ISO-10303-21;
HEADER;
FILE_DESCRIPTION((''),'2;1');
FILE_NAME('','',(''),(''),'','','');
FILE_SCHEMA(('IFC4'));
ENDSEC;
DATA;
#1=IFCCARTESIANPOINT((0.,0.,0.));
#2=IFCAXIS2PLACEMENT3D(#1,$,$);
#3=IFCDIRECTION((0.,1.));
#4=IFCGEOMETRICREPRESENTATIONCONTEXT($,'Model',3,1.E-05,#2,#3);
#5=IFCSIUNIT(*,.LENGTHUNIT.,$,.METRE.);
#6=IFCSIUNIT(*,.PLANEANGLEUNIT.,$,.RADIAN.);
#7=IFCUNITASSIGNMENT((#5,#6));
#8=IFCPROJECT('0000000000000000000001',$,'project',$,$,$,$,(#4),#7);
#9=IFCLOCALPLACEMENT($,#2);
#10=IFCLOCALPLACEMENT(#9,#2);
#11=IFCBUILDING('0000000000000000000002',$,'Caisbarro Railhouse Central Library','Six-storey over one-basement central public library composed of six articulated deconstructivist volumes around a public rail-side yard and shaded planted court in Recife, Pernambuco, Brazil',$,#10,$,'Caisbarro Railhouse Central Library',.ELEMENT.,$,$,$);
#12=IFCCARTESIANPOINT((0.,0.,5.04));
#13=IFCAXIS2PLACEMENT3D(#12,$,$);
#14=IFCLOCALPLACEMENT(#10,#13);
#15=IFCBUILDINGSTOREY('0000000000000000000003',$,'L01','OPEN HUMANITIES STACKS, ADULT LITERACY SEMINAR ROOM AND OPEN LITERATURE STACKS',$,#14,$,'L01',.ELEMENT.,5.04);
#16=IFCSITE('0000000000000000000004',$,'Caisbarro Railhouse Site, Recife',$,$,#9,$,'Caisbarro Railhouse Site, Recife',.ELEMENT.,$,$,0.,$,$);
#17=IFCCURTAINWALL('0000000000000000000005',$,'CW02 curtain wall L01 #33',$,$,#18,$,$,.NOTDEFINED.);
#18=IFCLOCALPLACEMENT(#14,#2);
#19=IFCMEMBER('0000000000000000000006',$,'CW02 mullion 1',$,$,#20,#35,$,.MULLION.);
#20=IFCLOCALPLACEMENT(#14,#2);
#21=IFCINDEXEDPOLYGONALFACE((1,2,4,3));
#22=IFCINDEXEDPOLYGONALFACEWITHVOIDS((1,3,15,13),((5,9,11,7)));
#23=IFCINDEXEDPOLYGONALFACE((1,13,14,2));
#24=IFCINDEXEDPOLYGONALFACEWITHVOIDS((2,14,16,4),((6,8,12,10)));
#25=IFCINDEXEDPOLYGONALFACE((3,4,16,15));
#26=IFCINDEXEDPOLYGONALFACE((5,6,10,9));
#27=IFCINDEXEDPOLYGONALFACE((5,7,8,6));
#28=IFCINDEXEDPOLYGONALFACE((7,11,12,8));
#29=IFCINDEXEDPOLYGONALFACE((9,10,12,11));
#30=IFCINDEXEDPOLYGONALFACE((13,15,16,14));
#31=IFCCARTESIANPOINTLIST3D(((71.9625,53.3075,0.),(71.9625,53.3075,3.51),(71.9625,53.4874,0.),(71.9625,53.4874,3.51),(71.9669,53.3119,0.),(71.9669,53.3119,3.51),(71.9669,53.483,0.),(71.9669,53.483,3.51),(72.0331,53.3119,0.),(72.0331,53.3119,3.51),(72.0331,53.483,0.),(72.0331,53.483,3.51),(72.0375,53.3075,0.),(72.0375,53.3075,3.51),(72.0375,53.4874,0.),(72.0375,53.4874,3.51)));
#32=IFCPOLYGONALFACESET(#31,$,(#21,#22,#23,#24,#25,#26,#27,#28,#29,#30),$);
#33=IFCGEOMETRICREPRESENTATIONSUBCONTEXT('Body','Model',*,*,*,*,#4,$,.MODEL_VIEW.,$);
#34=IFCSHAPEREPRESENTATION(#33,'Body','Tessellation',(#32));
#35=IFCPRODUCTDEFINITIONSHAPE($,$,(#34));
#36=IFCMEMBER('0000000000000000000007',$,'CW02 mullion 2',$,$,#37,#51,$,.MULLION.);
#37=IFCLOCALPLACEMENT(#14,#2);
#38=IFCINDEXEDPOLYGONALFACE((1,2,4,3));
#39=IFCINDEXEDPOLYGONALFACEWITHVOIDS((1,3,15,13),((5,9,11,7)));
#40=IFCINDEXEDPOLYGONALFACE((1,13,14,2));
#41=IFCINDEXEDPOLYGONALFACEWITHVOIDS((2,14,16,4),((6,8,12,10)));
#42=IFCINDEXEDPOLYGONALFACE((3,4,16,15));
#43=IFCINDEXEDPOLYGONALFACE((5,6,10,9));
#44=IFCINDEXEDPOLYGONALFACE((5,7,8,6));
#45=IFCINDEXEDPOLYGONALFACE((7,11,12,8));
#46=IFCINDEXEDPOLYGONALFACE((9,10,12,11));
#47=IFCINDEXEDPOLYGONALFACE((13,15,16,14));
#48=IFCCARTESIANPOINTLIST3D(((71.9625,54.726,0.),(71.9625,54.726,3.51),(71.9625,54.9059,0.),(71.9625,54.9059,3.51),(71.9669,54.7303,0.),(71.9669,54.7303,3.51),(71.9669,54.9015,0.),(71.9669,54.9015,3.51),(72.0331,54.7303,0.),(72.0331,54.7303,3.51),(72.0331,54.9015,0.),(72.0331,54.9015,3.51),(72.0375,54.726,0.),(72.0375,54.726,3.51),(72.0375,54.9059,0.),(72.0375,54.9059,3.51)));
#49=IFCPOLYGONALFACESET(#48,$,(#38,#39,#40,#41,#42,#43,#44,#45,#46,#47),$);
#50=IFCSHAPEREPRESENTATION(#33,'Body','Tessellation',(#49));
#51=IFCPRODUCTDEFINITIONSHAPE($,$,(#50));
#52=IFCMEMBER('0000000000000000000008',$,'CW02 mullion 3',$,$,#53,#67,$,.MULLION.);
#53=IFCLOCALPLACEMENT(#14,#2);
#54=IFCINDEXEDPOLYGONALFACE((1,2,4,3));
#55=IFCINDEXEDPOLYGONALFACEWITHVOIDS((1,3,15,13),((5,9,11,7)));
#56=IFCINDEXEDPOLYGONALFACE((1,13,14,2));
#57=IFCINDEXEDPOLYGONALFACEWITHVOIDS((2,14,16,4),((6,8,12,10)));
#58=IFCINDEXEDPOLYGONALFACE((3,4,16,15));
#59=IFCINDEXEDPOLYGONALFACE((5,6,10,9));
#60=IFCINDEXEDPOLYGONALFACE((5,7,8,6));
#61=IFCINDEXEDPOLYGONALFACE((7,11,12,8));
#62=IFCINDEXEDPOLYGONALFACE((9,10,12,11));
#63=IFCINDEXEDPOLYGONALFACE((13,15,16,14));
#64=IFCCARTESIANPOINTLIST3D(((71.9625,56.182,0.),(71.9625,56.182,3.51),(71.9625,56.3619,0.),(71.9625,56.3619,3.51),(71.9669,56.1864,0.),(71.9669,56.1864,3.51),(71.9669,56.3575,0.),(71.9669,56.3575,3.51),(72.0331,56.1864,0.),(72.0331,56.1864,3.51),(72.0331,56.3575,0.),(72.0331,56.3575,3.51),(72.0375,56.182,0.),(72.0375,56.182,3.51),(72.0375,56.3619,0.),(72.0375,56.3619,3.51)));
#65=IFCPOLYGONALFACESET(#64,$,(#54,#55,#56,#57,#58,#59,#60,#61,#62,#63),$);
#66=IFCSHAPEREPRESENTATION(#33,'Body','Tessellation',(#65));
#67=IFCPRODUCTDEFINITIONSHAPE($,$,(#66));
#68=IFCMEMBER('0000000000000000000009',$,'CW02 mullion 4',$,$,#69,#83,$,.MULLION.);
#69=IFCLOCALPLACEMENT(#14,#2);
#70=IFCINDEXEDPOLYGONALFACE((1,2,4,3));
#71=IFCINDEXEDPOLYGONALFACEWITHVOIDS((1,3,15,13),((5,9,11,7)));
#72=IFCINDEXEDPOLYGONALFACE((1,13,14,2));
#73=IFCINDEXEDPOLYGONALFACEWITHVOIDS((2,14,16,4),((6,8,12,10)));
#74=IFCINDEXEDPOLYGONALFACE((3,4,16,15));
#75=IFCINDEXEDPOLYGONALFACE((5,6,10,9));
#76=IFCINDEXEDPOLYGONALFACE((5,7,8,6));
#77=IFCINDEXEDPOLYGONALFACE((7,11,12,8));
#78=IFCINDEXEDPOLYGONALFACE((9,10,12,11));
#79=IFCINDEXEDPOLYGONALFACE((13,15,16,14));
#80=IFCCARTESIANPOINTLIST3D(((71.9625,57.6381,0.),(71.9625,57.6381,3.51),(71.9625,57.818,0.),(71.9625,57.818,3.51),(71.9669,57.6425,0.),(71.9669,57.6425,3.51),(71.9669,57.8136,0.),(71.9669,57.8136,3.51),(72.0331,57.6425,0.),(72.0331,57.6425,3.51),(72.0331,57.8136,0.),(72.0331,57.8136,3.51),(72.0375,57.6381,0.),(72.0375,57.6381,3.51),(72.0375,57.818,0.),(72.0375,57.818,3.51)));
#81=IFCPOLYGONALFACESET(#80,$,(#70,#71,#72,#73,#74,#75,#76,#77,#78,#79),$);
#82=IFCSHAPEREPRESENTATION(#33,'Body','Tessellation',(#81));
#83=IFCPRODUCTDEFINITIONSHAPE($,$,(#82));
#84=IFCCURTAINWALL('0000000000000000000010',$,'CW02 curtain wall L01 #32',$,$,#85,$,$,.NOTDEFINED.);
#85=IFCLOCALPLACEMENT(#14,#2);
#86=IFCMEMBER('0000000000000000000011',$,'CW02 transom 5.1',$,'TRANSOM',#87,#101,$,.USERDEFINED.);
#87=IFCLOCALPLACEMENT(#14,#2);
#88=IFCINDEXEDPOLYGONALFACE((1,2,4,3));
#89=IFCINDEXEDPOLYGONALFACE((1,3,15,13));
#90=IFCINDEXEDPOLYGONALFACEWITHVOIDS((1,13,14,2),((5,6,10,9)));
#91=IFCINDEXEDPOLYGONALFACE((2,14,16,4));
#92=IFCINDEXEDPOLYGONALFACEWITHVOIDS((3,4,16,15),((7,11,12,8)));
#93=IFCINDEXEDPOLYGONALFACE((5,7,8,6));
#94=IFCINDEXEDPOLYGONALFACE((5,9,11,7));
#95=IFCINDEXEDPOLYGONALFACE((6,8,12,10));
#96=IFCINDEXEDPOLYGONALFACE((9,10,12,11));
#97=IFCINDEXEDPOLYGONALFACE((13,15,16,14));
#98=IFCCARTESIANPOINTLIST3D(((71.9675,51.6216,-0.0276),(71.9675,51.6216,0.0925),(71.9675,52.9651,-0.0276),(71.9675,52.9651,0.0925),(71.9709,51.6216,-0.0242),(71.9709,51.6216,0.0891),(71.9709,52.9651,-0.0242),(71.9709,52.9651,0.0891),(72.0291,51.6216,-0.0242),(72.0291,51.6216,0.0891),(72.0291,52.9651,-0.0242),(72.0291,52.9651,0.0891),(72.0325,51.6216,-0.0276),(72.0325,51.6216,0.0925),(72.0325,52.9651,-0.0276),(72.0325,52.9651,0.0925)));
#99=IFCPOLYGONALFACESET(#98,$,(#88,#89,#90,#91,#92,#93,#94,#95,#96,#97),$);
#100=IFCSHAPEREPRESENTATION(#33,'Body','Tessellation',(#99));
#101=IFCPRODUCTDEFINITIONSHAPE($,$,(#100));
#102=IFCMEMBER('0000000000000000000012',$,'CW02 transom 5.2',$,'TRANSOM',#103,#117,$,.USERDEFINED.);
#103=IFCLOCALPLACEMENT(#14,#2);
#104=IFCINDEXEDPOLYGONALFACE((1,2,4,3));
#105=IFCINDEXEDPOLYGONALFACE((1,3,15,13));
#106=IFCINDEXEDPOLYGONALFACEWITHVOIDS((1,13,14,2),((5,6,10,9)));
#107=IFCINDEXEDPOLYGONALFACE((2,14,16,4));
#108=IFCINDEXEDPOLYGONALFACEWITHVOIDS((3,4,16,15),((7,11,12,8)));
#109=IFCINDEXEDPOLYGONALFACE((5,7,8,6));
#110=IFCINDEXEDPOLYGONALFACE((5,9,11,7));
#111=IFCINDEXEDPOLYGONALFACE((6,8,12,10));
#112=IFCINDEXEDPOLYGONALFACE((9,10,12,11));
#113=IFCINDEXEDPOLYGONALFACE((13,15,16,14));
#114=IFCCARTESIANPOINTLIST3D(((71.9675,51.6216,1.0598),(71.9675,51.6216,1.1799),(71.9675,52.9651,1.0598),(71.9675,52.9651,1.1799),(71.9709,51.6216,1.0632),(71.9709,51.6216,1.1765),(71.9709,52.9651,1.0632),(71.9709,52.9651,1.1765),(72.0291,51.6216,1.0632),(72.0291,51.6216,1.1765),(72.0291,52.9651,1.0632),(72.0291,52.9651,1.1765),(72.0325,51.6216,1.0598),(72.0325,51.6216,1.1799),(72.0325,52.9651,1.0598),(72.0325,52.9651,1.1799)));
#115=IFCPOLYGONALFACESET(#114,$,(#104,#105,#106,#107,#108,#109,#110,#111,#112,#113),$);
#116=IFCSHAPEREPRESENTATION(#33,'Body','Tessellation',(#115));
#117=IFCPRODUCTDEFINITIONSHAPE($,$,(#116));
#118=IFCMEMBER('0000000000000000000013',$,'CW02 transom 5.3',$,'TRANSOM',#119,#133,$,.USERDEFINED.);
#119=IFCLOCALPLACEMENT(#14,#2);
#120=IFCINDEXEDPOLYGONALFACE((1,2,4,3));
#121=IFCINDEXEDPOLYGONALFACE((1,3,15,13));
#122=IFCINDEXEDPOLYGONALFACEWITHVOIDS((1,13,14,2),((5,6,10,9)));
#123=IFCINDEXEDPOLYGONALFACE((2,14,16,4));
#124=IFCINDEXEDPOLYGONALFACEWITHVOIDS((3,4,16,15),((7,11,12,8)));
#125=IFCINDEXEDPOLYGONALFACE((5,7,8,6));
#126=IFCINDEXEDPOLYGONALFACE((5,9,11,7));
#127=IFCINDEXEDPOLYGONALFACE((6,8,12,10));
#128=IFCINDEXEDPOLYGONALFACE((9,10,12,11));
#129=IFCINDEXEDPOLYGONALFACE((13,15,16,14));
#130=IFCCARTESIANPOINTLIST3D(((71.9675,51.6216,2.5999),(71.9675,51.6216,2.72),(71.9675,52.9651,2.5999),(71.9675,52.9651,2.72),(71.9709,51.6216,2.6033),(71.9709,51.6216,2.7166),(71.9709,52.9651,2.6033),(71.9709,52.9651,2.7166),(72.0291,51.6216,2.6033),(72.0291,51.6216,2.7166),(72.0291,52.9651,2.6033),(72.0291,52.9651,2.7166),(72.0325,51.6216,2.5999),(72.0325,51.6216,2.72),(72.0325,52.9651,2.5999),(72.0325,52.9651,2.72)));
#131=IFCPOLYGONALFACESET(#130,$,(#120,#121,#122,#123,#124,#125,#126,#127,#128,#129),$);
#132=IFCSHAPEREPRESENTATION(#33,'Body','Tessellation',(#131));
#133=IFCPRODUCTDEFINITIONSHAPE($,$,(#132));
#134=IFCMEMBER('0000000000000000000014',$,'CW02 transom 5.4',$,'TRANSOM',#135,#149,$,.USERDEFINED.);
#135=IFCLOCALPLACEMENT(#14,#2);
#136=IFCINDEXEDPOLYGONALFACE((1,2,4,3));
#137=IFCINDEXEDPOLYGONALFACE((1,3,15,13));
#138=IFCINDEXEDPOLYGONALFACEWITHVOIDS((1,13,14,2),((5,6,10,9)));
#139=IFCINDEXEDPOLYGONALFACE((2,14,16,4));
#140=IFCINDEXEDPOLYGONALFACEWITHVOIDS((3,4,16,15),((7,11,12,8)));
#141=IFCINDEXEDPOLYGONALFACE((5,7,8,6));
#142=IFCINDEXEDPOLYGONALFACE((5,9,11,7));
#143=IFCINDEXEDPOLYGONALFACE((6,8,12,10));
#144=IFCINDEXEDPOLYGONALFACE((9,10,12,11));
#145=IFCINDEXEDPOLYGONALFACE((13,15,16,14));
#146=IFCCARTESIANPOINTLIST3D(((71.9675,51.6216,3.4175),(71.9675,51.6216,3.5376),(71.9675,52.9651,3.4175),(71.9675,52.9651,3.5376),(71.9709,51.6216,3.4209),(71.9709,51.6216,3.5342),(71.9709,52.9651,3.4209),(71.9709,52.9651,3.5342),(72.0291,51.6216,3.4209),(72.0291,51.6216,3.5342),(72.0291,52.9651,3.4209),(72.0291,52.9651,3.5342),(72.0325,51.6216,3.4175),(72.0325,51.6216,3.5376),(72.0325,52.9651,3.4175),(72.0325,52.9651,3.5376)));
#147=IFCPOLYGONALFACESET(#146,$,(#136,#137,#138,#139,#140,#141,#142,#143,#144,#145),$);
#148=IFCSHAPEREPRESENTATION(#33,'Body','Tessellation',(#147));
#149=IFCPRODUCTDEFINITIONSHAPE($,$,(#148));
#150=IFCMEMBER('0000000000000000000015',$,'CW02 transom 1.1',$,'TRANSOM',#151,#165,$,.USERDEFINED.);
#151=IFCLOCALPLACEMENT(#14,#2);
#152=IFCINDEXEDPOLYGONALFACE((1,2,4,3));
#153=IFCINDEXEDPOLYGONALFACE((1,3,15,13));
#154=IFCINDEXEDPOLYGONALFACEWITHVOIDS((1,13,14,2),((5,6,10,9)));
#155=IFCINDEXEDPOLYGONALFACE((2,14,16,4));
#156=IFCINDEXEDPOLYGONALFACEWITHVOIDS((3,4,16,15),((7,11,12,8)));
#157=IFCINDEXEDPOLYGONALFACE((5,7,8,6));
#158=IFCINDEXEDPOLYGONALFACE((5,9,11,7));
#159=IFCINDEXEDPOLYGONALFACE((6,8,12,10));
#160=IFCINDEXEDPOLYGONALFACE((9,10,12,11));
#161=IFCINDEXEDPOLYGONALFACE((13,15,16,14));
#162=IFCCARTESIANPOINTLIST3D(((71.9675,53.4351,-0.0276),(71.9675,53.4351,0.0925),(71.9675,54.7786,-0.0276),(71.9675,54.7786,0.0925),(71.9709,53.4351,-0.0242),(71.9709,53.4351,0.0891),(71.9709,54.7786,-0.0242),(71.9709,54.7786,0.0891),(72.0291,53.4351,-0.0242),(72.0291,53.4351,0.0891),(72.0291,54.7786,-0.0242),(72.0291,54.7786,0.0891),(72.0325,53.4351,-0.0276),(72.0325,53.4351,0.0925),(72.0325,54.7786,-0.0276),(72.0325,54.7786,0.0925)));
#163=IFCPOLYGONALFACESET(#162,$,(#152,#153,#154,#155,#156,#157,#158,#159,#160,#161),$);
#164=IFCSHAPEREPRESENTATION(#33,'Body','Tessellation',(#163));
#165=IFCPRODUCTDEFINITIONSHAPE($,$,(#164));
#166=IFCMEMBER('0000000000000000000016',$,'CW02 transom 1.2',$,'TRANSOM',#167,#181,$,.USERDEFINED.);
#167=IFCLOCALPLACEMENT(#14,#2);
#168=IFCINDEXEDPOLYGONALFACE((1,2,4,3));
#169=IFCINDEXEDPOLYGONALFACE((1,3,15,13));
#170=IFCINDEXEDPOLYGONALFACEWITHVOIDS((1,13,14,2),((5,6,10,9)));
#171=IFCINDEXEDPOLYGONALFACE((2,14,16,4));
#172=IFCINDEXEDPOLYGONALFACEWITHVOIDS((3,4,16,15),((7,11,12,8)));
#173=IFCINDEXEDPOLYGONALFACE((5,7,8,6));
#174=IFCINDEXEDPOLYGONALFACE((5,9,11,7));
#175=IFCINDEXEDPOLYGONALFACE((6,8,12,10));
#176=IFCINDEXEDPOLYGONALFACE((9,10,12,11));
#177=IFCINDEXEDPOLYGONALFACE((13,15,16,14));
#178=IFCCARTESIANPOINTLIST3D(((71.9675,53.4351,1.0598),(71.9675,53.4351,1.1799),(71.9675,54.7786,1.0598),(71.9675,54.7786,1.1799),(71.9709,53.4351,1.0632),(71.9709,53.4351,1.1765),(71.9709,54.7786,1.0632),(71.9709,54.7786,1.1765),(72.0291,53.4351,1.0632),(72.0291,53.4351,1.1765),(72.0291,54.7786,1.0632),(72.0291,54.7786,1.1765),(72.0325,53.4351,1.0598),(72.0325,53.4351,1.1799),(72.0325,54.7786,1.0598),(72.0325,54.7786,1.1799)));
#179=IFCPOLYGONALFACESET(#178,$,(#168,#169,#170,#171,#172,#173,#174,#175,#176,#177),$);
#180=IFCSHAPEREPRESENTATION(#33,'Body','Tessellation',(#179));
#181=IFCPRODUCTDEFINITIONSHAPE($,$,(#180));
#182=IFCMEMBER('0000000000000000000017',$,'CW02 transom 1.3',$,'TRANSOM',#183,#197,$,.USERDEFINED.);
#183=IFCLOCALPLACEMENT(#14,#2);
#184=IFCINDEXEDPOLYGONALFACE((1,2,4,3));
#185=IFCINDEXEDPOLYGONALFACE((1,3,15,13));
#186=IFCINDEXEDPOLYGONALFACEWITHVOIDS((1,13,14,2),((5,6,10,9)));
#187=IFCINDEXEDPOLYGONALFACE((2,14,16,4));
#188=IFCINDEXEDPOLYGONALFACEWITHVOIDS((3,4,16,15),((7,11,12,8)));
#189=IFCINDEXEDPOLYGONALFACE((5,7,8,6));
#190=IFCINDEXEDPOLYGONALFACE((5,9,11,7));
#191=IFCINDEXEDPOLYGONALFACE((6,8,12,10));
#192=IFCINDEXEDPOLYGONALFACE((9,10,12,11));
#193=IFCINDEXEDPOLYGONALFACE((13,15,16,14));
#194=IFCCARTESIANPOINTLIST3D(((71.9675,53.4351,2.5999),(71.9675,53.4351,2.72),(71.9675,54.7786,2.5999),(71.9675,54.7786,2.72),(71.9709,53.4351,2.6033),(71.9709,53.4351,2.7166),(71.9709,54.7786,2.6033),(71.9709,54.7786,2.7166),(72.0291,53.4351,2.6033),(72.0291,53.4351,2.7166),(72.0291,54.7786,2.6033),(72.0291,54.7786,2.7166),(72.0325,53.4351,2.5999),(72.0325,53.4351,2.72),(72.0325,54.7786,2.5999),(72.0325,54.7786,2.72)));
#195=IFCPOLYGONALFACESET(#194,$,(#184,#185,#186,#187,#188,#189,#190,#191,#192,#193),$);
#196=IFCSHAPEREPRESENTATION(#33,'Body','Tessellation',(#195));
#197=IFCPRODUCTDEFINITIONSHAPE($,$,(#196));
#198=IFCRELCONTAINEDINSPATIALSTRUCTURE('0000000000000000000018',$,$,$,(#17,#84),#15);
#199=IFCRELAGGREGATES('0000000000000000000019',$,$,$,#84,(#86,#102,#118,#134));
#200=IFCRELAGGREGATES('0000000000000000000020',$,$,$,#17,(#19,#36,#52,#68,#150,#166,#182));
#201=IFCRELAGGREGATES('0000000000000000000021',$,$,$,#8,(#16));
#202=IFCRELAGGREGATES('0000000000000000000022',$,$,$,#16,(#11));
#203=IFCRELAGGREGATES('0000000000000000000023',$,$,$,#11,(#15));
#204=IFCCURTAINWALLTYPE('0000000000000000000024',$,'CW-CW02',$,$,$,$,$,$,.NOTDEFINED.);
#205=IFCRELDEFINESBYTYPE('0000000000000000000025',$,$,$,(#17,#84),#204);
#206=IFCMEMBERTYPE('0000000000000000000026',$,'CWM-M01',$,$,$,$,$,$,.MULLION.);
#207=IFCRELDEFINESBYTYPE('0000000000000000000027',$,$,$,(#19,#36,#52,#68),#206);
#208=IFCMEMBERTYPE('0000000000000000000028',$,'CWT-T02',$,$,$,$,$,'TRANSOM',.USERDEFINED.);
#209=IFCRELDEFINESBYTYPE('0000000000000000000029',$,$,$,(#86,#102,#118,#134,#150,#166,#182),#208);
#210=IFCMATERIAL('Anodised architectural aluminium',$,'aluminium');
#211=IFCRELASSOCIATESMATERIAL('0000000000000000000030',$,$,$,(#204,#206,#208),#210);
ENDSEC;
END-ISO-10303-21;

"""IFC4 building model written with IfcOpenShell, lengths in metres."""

from ifc_helpers import new_model, si_unit, direction, frame, origin, origin_2d, place, context, subcontext, project, spatial, hollow_rectangle, extrude, material, material_profile, profile_set, type_object, element, aggregate, save


model = new_model("IFC4")

# Units and contexts
model_context = context("Model", 3, precision=1e-05, world=origin(), true_north=direction((0.0, 1.0)))
body_context = subcontext(model_context, "Body", "Model", "MODEL_VIEW")
ifc_project = project(units=[si_unit("LENGTHUNIT", "METRE"), si_unit("PLANEANGLEUNIT", "RADIAN")], contexts=[model_context])

# Site, building, storey
site_placement = place(None, origin())
site = spatial("IfcSite", under=ifc_project, at=site_placement, Name="Caisbarro Railhouse Site, Recife", LongName="Caisbarro Railhouse Site, Recife", CompositionType="ELEMENT", RefElevation=0.0)
building_placement = place(site_placement, origin())
building = spatial("IfcBuilding", under=site, at=building_placement, Name="Caisbarro Railhouse Central Library", Description="Six-storey over one-basement central public library composed of six articulated deconstructivist volumes around a public rail-side yard and shaded planted court in Recife, Pernambuco, Brazil", LongName="Caisbarro Railhouse Central Library", CompositionType="ELEMENT")
storey_placement = place(building_placement, frame((0.0, 0.0, 5.04)))
storey = spatial("IfcBuildingStorey", under=building, at=storey_placement, Name="L01", Description="OPEN HUMANITIES STACKS, ADULT LITERACY SEMINAR ROOM AND OPEN LITERATURE STACKS", LongName="L01", CompositionType="ELEMENT", Elevation=5.04)

# Curtain walls, members
ifc_material_1 = material(Name="Anodised architectural aluminium", Category="aluminium")
curtain_wall_type = type_object("IfcCurtainWallType", Name="CW-CW02", PredefinedType="NOTDEFINED", material=ifc_material_1)
curtain_wall_1_placement = place(storey_placement, origin())
curtain_wall_1 = element("IfcCurtainWall", 1, at=curtain_wall_1_placement, inside=storey, type_object=curtain_wall_type, Name="CW02 curtain wall L01 #33", PredefinedType="NOTDEFINED")
ifc_material_profile_1 = material_profile(ifc_material_1, hollow_rectangle(XDim=0.075, YDim=0.1799, WallThickness=0.0044, at=origin_2d()), Name="ALU-MUL-75X180")
ifc_profile_set_1 = profile_set([ifc_material_profile_1], Name="Anodised architectural aluminium")
member_type_1 = type_object("IfcMemberType", Name="CWM-M01", PredefinedType="MULLION", material=ifc_profile_set_1)
member_1_placement = place(storey_placement, frame((72.0, 53.3975, 0.0), z_axis=(0.0, 0.0, 1.0), x_axis=(-1.0, 0.0, 0.0)))
member_1 = element("IfcMember", 2, at=member_1_placement, type_object=member_type_1, Name="CW02 mullion 1", PredefinedType="MULLION", context=body_context, shape_type="SweptSolid", body=[
    extrude(hollow_rectangle(XDim=0.075, YDim=0.1799, WallThickness=0.0044, at=origin_2d()), origin(), (0.0, 0.0, 1.0), 3.51),
])
member_2_placement = place(storey_placement, frame((72.0, 54.8159, 0.0), z_axis=(0.0, 0.0, 1.0), x_axis=(-1.0, 0.0, 0.0)))
member_2 = element("IfcMember", 3, at=member_2_placement, type_object=member_type_1, Name="CW02 mullion 2", PredefinedType="MULLION", context=body_context, shape_type="SweptSolid", body=[
    extrude(hollow_rectangle(XDim=0.075, YDim=0.1799, WallThickness=0.0044, at=origin_2d()), origin(), (0.0, 0.0, 1.0), 3.51),
])
member_3_placement = place(storey_placement, frame((72.0, 56.272, 0.0), z_axis=(0.0, 0.0, 1.0), x_axis=(-1.0, 0.0, 0.0)))
member_3 = element("IfcMember", 4, at=member_3_placement, type_object=member_type_1, Name="CW02 mullion 3", PredefinedType="MULLION", context=body_context, shape_type="SweptSolid", body=[
    extrude(hollow_rectangle(XDim=0.075, YDim=0.1799, WallThickness=0.0044, at=origin_2d()), origin(), (0.0, 0.0, 1.0), 3.51),
])
member_4_placement = place(storey_placement, frame((72.0, 57.728, 0.0), z_axis=(0.0, 0.0, 1.0), x_axis=(-1.0, 0.0, 0.0)))
member_4 = element("IfcMember", 5, at=member_4_placement, type_object=member_type_1, Name="CW02 mullion 4", PredefinedType="MULLION", context=body_context, shape_type="SweptSolid", body=[
    extrude(hollow_rectangle(XDim=0.075, YDim=0.1799, WallThickness=0.0044, at=origin_2d()), origin(), (0.0, 0.0, 1.0), 3.51),
])
curtain_wall_2_placement = place(storey_placement, origin())
curtain_wall_2 = element("IfcCurtainWall", 6, at=curtain_wall_2_placement, inside=storey, type_object=curtain_wall_type, Name="CW02 curtain wall L01 #32", PredefinedType="NOTDEFINED")
ifc_material_profile_2 = material_profile(ifc_material_1, hollow_rectangle(XDim=0.0649, YDim=0.1201, WallThickness=0.0034, at=origin_2d()), Name="ALU-TRN-65X120")
ifc_profile_set_2 = profile_set([ifc_material_profile_2], Name="Anodised architectural aluminium")
member_type_2 = type_object("IfcMemberType", Name="CWT-T02", ElementType="TRANSOM", PredefinedType="USERDEFINED", material=ifc_profile_set_2)
member_5_placement = place(storey_placement, frame((72.0, 51.6216, 0.0325), z_axis=(0.0, 1.0, 0.0), x_axis=(-1.0, 0.0, 0.0)))
member_5 = element("IfcMember", 7, at=member_5_placement, type_object=member_type_2, Name="CW02 transom 5.1", ObjectType="TRANSOM", PredefinedType="USERDEFINED", context=body_context, shape_type="SweptSolid", body=[
    extrude(hollow_rectangle(XDim=0.0649, YDim=0.1201, WallThickness=0.0034, at=origin_2d()), origin(), (0.0, 0.0, 1.0), 1.3435),
])
member_6_placement = place(storey_placement, frame((72.0, 51.6216, 1.1199), z_axis=(0.0, 1.0, 0.0), x_axis=(-1.0, 0.0, 0.0)))
member_6 = element("IfcMember", 8, at=member_6_placement, type_object=member_type_2, Name="CW02 transom 5.2", ObjectType="TRANSOM", PredefinedType="USERDEFINED", context=body_context, shape_type="SweptSolid", body=[
    extrude(hollow_rectangle(XDim=0.0649, YDim=0.1201, WallThickness=0.0034, at=origin_2d()), origin(), (0.0, 0.0, 1.0), 1.3435),
])
member_7_placement = place(storey_placement, frame((72.0, 51.6216, 2.6599), z_axis=(0.0, 1.0, 0.0), x_axis=(-1.0, 0.0, 0.0)))
member_7 = element("IfcMember", 9, at=member_7_placement, type_object=member_type_2, Name="CW02 transom 5.3", ObjectType="TRANSOM", PredefinedType="USERDEFINED", context=body_context, shape_type="SweptSolid", body=[
    extrude(hollow_rectangle(XDim=0.0649, YDim=0.1201, WallThickness=0.0034, at=origin_2d()), origin(), (0.0, 0.0, 1.0), 1.3435),
])
member_8_placement = place(storey_placement, frame((72.0, 51.6216, 3.4775), z_axis=(0.0, 1.0, 0.0), x_axis=(-1.0, 0.0, 0.0)))
member_8 = element("IfcMember", 10, at=member_8_placement, type_object=member_type_2, Name="CW02 transom 5.4", ObjectType="TRANSOM", PredefinedType="USERDEFINED", context=body_context, shape_type="SweptSolid", body=[
    extrude(hollow_rectangle(XDim=0.0649, YDim=0.1201, WallThickness=0.0034, at=origin_2d()), origin(), (0.0, 0.0, 1.0), 1.3435),
])

# Members
member_9_placement = place(storey_placement, frame((72.0, 53.4351, 0.0325), z_axis=(0.0, 1.0, 0.0), x_axis=(-1.0, 0.0, 0.0)))
member_9 = element("IfcMember", 11, at=member_9_placement, type_object=member_type_2, Name="CW02 transom 1.1", ObjectType="TRANSOM", PredefinedType="USERDEFINED", context=body_context, shape_type="SweptSolid", body=[
    extrude(hollow_rectangle(XDim=0.0649, YDim=0.1201, WallThickness=0.0034, at=origin_2d()), origin(), (0.0, 0.0, 1.0), 1.3435),
])
member_10_placement = place(storey_placement, frame((72.0, 53.4351, 1.1199), z_axis=(0.0, 1.0, 0.0), x_axis=(-1.0, 0.0, 0.0)))
member_10 = element("IfcMember", 12, at=member_10_placement, type_object=member_type_2, Name="CW02 transom 1.2", ObjectType="TRANSOM", PredefinedType="USERDEFINED", context=body_context, shape_type="SweptSolid", body=[
    extrude(hollow_rectangle(XDim=0.0649, YDim=0.1201, WallThickness=0.0034, at=origin_2d()), origin(), (0.0, 0.0, 1.0), 1.3435),
])
member_11_placement = place(storey_placement, frame((72.0, 53.4351, 2.6599), z_axis=(0.0, 1.0, 0.0), x_axis=(-1.0, 0.0, 0.0)))
member_11 = element("IfcMember", 13, at=member_11_placement, type_object=member_type_2, Name="CW02 transom 1.3", ObjectType="TRANSOM", PredefinedType="USERDEFINED", context=body_context, shape_type="SweptSolid", body=[
    extrude(hollow_rectangle(XDim=0.0649, YDim=0.1201, WallThickness=0.0034, at=origin_2d()), origin(), (0.0, 0.0, 1.0), 1.3435),
])

aggregate(curtain_wall_2, [member_5, member_6, member_7, member_8])
aggregate(curtain_wall_1, [member_1, member_2, member_3, member_4, member_9, member_10, member_11])

save(model, "model.ifc")
